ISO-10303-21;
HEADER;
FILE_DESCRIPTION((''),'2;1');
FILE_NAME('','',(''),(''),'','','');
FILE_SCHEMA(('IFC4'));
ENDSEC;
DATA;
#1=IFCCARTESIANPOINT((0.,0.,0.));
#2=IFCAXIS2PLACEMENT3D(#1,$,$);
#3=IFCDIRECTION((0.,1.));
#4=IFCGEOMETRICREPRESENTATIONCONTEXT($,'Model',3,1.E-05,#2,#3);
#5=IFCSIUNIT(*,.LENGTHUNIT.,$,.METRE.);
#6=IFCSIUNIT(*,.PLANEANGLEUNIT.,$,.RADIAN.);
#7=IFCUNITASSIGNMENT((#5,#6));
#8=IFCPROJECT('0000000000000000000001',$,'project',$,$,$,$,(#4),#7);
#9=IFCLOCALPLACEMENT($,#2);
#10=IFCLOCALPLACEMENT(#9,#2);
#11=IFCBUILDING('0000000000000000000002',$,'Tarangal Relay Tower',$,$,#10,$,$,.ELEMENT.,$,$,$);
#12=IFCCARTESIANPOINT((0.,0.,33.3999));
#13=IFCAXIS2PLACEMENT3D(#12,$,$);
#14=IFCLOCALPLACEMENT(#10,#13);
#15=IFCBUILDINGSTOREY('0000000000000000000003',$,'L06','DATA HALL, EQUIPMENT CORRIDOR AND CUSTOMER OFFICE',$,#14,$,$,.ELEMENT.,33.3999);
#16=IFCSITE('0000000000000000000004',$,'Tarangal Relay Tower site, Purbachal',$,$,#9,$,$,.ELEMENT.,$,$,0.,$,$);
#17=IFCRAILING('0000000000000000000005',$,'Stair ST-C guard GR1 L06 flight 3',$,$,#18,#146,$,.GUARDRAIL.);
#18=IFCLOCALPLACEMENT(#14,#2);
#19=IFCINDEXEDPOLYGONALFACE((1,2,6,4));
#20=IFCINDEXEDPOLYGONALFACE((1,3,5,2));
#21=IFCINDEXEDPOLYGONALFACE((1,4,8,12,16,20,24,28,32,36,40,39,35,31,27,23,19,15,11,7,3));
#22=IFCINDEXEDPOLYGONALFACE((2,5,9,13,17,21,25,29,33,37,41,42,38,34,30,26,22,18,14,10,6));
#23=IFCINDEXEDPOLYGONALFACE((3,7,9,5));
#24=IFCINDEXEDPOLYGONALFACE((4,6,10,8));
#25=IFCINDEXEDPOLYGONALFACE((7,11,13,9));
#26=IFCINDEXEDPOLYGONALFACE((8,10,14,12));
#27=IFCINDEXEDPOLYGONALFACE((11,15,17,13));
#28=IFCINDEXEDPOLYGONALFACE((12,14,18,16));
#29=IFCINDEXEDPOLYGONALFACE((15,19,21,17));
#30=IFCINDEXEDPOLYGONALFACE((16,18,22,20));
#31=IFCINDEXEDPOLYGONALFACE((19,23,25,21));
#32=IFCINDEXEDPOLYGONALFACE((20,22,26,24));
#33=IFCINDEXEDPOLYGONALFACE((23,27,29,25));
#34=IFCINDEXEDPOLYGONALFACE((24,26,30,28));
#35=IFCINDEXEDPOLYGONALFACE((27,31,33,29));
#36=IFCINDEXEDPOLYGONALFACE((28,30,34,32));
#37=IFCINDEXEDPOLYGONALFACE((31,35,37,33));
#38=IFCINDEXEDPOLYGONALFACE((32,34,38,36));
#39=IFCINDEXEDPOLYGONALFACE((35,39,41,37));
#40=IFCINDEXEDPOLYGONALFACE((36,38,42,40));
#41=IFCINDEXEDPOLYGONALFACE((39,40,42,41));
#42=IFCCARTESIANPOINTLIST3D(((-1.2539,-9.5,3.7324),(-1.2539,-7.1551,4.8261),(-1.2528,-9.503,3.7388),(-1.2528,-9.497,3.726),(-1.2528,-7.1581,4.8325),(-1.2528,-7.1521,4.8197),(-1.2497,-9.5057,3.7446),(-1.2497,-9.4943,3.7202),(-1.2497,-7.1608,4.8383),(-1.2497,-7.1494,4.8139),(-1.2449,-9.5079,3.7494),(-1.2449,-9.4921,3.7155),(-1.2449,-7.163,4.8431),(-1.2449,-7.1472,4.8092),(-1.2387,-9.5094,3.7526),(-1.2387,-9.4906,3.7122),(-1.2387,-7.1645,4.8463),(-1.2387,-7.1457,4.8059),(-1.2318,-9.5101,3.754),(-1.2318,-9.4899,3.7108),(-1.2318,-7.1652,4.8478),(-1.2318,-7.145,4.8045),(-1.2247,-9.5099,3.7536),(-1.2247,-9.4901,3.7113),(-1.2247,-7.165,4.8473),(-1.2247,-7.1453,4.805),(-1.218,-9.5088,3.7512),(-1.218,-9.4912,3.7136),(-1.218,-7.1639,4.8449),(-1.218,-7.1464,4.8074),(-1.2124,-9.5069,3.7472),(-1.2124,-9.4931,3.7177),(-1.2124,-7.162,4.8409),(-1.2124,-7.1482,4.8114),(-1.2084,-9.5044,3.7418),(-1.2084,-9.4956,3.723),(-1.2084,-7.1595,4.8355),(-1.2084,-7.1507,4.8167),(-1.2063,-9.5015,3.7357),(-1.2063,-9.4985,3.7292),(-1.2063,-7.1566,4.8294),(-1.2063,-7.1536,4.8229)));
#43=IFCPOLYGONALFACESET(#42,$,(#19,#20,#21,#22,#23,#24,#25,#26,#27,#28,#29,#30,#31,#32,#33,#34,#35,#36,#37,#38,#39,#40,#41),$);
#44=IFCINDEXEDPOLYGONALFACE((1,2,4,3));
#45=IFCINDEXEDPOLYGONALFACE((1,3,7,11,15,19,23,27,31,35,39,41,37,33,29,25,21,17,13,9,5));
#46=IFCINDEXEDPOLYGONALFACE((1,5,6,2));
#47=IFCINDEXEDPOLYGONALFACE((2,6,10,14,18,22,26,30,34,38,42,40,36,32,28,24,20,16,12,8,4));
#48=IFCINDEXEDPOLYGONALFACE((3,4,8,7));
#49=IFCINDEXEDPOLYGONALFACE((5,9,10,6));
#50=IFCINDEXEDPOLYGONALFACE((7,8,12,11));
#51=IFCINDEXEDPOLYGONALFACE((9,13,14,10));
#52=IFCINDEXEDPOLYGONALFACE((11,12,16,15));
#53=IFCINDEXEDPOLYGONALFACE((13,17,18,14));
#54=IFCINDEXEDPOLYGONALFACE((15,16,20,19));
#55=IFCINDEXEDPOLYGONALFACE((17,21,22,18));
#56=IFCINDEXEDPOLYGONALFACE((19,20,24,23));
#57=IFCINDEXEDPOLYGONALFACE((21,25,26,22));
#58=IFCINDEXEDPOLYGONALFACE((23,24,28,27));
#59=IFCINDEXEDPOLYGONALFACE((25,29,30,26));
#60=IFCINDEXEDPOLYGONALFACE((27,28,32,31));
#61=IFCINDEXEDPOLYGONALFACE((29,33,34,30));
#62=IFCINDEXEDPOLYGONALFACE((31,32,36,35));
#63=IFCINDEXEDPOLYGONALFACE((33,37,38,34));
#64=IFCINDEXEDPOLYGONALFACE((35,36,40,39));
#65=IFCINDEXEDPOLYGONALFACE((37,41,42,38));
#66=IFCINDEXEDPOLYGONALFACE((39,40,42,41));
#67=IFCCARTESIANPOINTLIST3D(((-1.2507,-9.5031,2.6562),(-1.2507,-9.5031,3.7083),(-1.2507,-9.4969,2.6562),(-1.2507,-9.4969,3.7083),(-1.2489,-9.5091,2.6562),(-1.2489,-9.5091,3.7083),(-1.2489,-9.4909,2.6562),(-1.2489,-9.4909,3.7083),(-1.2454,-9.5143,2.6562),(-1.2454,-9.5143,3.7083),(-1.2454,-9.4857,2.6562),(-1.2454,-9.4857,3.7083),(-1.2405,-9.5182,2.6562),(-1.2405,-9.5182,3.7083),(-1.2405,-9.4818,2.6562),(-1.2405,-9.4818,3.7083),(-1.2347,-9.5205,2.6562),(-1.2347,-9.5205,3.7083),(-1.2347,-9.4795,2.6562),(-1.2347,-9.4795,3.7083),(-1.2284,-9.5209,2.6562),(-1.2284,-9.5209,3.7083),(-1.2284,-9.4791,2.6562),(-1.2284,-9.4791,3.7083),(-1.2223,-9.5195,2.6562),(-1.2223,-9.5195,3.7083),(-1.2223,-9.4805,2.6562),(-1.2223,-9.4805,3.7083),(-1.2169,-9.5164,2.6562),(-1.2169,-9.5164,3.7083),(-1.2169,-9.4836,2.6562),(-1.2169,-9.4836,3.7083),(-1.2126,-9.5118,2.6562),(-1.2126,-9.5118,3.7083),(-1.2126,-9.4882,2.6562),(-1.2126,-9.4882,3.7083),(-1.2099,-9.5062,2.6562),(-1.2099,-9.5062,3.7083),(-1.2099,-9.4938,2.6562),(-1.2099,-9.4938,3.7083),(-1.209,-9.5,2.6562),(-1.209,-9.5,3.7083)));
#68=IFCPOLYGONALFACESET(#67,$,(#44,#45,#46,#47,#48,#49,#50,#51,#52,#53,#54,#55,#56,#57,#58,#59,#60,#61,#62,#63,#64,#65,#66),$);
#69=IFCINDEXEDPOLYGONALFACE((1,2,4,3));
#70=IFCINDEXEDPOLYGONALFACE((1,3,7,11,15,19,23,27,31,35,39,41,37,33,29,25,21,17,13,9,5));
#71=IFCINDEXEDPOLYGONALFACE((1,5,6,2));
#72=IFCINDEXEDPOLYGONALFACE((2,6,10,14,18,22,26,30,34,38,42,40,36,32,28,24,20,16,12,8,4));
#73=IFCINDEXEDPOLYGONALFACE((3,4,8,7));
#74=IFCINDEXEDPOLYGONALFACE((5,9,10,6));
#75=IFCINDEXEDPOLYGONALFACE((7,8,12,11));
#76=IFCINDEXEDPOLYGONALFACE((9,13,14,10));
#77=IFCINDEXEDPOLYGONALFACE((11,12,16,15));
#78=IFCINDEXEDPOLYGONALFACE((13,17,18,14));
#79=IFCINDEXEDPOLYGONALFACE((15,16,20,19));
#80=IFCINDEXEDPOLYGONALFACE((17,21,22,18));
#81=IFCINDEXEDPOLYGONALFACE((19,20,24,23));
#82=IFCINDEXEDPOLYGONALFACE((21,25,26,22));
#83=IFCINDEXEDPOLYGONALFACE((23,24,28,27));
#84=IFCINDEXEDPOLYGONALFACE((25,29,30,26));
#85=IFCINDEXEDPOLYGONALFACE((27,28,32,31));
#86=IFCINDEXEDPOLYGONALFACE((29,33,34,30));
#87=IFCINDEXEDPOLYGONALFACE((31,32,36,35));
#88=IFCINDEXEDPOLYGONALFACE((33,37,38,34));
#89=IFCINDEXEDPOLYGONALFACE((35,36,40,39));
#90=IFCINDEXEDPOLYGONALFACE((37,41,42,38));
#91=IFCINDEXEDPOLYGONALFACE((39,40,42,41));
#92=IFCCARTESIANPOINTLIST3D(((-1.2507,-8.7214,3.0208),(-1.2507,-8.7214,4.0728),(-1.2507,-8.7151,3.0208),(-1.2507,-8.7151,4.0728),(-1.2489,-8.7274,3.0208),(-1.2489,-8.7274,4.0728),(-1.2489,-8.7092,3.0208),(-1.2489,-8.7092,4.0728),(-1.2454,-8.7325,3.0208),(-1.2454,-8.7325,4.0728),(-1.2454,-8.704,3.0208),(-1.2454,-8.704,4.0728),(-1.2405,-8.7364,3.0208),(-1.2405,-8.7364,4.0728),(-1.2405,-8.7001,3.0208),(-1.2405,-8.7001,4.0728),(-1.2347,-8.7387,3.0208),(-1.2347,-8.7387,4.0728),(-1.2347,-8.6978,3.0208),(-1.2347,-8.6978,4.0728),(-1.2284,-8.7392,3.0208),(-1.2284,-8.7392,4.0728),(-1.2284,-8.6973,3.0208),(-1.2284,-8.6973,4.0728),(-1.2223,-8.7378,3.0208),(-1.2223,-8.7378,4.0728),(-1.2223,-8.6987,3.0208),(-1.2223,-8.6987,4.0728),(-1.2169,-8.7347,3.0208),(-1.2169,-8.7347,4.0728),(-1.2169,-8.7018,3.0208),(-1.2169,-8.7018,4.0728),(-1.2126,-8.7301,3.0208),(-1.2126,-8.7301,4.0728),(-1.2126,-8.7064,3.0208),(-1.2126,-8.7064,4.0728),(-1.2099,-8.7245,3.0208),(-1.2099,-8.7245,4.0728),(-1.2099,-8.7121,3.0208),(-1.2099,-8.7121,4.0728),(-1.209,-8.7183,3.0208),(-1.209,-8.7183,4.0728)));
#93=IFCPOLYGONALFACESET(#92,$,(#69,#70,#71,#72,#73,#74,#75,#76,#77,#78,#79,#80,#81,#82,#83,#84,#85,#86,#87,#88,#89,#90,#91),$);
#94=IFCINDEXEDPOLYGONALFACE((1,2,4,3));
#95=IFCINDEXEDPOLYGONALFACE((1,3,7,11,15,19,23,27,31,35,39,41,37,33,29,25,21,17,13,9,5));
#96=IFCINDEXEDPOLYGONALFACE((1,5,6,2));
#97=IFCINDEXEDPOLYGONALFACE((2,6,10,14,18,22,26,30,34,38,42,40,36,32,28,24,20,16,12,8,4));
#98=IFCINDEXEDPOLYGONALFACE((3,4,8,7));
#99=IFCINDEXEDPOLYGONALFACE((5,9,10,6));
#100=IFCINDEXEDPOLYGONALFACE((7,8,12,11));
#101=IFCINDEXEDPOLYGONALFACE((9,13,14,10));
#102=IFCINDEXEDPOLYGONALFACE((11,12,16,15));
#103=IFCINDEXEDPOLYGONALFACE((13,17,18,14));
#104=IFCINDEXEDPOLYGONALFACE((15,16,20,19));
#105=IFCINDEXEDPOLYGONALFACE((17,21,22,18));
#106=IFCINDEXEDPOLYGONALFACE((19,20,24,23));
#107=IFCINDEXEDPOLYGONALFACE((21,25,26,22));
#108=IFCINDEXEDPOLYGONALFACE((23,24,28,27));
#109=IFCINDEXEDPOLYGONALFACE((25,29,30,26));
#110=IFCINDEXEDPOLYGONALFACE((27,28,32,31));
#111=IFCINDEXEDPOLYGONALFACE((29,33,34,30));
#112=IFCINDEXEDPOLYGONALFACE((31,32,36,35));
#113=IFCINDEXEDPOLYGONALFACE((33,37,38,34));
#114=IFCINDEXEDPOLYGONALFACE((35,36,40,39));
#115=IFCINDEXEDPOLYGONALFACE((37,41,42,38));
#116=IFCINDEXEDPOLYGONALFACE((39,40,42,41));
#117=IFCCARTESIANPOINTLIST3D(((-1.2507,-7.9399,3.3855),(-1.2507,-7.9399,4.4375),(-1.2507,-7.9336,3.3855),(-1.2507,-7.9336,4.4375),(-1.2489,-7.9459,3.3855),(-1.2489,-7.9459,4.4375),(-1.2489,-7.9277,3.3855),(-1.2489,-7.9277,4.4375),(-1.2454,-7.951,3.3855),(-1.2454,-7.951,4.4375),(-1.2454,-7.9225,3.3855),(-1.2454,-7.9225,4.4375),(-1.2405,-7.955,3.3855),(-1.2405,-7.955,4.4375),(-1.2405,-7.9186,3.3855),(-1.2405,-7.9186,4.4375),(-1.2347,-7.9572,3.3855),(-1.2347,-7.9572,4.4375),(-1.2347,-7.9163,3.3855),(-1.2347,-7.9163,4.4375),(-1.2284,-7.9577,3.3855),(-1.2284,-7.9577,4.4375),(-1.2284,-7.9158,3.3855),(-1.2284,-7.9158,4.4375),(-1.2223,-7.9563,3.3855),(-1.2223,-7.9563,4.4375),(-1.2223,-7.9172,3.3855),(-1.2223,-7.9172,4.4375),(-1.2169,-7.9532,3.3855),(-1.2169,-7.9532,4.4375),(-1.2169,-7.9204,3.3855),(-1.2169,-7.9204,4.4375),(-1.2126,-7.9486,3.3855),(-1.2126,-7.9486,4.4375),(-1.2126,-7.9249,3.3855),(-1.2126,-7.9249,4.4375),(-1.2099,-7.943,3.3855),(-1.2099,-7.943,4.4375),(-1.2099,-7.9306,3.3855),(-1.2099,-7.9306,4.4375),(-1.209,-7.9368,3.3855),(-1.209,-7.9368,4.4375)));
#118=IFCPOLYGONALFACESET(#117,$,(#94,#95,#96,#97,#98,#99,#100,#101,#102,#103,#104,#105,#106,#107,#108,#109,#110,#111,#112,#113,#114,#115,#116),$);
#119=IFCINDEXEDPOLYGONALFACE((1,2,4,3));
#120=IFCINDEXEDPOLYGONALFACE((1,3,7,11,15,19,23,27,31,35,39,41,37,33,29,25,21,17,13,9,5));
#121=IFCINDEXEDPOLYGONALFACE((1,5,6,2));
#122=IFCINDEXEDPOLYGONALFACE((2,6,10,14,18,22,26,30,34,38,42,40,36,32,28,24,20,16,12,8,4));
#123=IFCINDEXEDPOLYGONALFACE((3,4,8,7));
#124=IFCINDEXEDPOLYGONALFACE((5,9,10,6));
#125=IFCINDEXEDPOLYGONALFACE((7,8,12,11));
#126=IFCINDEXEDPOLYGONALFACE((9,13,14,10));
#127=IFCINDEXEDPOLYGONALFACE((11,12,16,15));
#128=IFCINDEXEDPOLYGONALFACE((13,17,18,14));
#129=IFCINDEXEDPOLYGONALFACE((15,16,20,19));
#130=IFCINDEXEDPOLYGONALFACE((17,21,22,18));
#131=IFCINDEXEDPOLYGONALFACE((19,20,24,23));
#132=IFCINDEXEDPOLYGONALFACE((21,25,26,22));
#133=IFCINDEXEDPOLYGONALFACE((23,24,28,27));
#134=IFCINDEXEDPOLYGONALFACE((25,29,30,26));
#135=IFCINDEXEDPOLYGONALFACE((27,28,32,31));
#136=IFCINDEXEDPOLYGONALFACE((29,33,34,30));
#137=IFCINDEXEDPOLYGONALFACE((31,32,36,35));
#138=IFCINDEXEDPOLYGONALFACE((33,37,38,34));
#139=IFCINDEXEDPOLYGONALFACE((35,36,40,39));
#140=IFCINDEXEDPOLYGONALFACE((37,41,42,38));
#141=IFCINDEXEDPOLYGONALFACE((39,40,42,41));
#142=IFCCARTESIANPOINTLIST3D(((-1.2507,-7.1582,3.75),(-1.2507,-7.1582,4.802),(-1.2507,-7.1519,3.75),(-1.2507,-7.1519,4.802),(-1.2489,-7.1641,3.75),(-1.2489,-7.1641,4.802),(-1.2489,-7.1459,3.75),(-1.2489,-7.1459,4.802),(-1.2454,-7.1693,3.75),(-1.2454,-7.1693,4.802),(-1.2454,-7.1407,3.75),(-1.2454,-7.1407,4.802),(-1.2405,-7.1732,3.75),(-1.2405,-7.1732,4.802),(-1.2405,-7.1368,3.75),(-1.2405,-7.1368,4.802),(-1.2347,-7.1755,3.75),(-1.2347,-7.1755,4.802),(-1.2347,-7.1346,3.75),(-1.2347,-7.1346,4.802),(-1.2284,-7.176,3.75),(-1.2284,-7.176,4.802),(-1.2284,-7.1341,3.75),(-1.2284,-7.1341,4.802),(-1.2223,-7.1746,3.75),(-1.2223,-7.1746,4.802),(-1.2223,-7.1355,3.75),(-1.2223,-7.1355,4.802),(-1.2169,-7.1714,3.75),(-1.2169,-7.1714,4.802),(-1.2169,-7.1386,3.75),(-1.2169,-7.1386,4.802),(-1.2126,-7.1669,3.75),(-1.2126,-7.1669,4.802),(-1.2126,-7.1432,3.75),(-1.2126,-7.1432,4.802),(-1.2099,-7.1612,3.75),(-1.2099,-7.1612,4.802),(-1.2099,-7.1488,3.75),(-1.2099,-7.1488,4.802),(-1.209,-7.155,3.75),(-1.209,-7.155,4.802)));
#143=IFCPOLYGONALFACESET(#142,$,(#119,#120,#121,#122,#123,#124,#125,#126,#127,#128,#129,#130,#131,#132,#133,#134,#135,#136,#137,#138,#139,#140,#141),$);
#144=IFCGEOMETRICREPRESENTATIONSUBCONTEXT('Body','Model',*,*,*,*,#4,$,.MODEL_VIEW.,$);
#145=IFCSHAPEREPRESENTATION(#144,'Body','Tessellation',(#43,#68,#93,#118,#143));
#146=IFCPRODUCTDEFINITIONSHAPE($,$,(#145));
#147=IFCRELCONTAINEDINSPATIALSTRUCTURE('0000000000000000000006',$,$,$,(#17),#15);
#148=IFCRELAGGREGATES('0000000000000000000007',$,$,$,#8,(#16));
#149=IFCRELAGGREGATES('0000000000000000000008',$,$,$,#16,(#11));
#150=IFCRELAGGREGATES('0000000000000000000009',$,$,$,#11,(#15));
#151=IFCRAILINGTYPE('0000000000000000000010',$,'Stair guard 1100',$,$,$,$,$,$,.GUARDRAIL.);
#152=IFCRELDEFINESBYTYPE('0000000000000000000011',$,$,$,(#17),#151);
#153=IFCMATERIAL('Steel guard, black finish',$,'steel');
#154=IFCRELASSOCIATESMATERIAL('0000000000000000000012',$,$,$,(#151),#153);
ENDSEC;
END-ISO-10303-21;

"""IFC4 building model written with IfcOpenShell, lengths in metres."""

from ifc_helpers import new_model, si_unit, direction, frame, origin, origin_2d, place, context, subcontext, project, spatial, circle, extrude, material, type_object, element, save


model = new_model("IFC4")

# Units and contexts
model_context = context("Model", 3, precision=1e-05, world=origin(), true_north=direction((0.0, 1.0)))
body_context = subcontext(model_context, "Body", "Model", "MODEL_VIEW")
ifc_project = project(units=[si_unit("LENGTHUNIT", "METRE"), si_unit("PLANEANGLEUNIT", "RADIAN")], contexts=[model_context])

# Site, building, storey
site_placement = place(None, origin())
site = spatial("IfcSite", under=ifc_project, at=site_placement, Name="Tarangal Relay Tower site, Purbachal", CompositionType="ELEMENT", RefElevation=0.0)
building_placement = place(site_placement, origin())
building = spatial("IfcBuilding", under=site, at=building_placement, Name="Tarangal Relay Tower", CompositionType="ELEMENT")
storey_placement = place(building_placement, frame((0.0, 0.0, 33.3999)))
storey = spatial("IfcBuildingStorey", under=building, at=storey_placement, Name="L06", Description="DATA HALL, EQUIPMENT CORRIDOR AND CUSTOMER OFFICE", CompositionType="ELEMENT", Elevation=33.3999)

# Railing
ifc_material_1 = material(Name="Steel guard, black finish", Category="steel")
railing_type_1 = type_object("IfcRailingType", Name="Stair guard 1100", PredefinedType="GUARDRAIL", material=ifc_material_1)
for number, where, name in (
    (1, (-1.23, -9.5, 2.6562), "Stair ST-C guard GR1 L06 flight 3"),
):
    element("IfcRailing", number, at=place(storey_placement, frame(where)), inside=storey, type_object=railing_type_1, Name=name, PredefinedType="GUARDRAIL", context=body_context, shape_type="SweptSolid", body=[
        extrude(circle(Radius=0.0239, at=origin_2d()), frame((0.0, 0.0, 1.0762), z_axis=(0.0, 0.906267, 0.422705), x_axis=(-1.0, 0.0, 0.0)), (0.0, 0.0, 1.0), 2.5874),
        extrude(circle(Radius=0.021, at=origin_2d()), origin(), (0.0, 0.0, 1.0), 1.052),
        extrude(circle(Radius=0.021, at=origin_2d()), frame((0.0, 0.7817, 0.3645)), (0.0, 0.0, 1.0), 1.052),
        extrude(circle(Radius=0.021, at=origin_2d()), frame((0.0, 1.5632, 0.7292)), (0.0, 0.0, 1.0), 1.052),
        extrude(circle(Radius=0.021, at=origin_2d()), frame((0.0, 2.345, 1.0938)), (0.0, 0.0, 1.0), 1.052),
    ])

save(model, "model.ifc")
